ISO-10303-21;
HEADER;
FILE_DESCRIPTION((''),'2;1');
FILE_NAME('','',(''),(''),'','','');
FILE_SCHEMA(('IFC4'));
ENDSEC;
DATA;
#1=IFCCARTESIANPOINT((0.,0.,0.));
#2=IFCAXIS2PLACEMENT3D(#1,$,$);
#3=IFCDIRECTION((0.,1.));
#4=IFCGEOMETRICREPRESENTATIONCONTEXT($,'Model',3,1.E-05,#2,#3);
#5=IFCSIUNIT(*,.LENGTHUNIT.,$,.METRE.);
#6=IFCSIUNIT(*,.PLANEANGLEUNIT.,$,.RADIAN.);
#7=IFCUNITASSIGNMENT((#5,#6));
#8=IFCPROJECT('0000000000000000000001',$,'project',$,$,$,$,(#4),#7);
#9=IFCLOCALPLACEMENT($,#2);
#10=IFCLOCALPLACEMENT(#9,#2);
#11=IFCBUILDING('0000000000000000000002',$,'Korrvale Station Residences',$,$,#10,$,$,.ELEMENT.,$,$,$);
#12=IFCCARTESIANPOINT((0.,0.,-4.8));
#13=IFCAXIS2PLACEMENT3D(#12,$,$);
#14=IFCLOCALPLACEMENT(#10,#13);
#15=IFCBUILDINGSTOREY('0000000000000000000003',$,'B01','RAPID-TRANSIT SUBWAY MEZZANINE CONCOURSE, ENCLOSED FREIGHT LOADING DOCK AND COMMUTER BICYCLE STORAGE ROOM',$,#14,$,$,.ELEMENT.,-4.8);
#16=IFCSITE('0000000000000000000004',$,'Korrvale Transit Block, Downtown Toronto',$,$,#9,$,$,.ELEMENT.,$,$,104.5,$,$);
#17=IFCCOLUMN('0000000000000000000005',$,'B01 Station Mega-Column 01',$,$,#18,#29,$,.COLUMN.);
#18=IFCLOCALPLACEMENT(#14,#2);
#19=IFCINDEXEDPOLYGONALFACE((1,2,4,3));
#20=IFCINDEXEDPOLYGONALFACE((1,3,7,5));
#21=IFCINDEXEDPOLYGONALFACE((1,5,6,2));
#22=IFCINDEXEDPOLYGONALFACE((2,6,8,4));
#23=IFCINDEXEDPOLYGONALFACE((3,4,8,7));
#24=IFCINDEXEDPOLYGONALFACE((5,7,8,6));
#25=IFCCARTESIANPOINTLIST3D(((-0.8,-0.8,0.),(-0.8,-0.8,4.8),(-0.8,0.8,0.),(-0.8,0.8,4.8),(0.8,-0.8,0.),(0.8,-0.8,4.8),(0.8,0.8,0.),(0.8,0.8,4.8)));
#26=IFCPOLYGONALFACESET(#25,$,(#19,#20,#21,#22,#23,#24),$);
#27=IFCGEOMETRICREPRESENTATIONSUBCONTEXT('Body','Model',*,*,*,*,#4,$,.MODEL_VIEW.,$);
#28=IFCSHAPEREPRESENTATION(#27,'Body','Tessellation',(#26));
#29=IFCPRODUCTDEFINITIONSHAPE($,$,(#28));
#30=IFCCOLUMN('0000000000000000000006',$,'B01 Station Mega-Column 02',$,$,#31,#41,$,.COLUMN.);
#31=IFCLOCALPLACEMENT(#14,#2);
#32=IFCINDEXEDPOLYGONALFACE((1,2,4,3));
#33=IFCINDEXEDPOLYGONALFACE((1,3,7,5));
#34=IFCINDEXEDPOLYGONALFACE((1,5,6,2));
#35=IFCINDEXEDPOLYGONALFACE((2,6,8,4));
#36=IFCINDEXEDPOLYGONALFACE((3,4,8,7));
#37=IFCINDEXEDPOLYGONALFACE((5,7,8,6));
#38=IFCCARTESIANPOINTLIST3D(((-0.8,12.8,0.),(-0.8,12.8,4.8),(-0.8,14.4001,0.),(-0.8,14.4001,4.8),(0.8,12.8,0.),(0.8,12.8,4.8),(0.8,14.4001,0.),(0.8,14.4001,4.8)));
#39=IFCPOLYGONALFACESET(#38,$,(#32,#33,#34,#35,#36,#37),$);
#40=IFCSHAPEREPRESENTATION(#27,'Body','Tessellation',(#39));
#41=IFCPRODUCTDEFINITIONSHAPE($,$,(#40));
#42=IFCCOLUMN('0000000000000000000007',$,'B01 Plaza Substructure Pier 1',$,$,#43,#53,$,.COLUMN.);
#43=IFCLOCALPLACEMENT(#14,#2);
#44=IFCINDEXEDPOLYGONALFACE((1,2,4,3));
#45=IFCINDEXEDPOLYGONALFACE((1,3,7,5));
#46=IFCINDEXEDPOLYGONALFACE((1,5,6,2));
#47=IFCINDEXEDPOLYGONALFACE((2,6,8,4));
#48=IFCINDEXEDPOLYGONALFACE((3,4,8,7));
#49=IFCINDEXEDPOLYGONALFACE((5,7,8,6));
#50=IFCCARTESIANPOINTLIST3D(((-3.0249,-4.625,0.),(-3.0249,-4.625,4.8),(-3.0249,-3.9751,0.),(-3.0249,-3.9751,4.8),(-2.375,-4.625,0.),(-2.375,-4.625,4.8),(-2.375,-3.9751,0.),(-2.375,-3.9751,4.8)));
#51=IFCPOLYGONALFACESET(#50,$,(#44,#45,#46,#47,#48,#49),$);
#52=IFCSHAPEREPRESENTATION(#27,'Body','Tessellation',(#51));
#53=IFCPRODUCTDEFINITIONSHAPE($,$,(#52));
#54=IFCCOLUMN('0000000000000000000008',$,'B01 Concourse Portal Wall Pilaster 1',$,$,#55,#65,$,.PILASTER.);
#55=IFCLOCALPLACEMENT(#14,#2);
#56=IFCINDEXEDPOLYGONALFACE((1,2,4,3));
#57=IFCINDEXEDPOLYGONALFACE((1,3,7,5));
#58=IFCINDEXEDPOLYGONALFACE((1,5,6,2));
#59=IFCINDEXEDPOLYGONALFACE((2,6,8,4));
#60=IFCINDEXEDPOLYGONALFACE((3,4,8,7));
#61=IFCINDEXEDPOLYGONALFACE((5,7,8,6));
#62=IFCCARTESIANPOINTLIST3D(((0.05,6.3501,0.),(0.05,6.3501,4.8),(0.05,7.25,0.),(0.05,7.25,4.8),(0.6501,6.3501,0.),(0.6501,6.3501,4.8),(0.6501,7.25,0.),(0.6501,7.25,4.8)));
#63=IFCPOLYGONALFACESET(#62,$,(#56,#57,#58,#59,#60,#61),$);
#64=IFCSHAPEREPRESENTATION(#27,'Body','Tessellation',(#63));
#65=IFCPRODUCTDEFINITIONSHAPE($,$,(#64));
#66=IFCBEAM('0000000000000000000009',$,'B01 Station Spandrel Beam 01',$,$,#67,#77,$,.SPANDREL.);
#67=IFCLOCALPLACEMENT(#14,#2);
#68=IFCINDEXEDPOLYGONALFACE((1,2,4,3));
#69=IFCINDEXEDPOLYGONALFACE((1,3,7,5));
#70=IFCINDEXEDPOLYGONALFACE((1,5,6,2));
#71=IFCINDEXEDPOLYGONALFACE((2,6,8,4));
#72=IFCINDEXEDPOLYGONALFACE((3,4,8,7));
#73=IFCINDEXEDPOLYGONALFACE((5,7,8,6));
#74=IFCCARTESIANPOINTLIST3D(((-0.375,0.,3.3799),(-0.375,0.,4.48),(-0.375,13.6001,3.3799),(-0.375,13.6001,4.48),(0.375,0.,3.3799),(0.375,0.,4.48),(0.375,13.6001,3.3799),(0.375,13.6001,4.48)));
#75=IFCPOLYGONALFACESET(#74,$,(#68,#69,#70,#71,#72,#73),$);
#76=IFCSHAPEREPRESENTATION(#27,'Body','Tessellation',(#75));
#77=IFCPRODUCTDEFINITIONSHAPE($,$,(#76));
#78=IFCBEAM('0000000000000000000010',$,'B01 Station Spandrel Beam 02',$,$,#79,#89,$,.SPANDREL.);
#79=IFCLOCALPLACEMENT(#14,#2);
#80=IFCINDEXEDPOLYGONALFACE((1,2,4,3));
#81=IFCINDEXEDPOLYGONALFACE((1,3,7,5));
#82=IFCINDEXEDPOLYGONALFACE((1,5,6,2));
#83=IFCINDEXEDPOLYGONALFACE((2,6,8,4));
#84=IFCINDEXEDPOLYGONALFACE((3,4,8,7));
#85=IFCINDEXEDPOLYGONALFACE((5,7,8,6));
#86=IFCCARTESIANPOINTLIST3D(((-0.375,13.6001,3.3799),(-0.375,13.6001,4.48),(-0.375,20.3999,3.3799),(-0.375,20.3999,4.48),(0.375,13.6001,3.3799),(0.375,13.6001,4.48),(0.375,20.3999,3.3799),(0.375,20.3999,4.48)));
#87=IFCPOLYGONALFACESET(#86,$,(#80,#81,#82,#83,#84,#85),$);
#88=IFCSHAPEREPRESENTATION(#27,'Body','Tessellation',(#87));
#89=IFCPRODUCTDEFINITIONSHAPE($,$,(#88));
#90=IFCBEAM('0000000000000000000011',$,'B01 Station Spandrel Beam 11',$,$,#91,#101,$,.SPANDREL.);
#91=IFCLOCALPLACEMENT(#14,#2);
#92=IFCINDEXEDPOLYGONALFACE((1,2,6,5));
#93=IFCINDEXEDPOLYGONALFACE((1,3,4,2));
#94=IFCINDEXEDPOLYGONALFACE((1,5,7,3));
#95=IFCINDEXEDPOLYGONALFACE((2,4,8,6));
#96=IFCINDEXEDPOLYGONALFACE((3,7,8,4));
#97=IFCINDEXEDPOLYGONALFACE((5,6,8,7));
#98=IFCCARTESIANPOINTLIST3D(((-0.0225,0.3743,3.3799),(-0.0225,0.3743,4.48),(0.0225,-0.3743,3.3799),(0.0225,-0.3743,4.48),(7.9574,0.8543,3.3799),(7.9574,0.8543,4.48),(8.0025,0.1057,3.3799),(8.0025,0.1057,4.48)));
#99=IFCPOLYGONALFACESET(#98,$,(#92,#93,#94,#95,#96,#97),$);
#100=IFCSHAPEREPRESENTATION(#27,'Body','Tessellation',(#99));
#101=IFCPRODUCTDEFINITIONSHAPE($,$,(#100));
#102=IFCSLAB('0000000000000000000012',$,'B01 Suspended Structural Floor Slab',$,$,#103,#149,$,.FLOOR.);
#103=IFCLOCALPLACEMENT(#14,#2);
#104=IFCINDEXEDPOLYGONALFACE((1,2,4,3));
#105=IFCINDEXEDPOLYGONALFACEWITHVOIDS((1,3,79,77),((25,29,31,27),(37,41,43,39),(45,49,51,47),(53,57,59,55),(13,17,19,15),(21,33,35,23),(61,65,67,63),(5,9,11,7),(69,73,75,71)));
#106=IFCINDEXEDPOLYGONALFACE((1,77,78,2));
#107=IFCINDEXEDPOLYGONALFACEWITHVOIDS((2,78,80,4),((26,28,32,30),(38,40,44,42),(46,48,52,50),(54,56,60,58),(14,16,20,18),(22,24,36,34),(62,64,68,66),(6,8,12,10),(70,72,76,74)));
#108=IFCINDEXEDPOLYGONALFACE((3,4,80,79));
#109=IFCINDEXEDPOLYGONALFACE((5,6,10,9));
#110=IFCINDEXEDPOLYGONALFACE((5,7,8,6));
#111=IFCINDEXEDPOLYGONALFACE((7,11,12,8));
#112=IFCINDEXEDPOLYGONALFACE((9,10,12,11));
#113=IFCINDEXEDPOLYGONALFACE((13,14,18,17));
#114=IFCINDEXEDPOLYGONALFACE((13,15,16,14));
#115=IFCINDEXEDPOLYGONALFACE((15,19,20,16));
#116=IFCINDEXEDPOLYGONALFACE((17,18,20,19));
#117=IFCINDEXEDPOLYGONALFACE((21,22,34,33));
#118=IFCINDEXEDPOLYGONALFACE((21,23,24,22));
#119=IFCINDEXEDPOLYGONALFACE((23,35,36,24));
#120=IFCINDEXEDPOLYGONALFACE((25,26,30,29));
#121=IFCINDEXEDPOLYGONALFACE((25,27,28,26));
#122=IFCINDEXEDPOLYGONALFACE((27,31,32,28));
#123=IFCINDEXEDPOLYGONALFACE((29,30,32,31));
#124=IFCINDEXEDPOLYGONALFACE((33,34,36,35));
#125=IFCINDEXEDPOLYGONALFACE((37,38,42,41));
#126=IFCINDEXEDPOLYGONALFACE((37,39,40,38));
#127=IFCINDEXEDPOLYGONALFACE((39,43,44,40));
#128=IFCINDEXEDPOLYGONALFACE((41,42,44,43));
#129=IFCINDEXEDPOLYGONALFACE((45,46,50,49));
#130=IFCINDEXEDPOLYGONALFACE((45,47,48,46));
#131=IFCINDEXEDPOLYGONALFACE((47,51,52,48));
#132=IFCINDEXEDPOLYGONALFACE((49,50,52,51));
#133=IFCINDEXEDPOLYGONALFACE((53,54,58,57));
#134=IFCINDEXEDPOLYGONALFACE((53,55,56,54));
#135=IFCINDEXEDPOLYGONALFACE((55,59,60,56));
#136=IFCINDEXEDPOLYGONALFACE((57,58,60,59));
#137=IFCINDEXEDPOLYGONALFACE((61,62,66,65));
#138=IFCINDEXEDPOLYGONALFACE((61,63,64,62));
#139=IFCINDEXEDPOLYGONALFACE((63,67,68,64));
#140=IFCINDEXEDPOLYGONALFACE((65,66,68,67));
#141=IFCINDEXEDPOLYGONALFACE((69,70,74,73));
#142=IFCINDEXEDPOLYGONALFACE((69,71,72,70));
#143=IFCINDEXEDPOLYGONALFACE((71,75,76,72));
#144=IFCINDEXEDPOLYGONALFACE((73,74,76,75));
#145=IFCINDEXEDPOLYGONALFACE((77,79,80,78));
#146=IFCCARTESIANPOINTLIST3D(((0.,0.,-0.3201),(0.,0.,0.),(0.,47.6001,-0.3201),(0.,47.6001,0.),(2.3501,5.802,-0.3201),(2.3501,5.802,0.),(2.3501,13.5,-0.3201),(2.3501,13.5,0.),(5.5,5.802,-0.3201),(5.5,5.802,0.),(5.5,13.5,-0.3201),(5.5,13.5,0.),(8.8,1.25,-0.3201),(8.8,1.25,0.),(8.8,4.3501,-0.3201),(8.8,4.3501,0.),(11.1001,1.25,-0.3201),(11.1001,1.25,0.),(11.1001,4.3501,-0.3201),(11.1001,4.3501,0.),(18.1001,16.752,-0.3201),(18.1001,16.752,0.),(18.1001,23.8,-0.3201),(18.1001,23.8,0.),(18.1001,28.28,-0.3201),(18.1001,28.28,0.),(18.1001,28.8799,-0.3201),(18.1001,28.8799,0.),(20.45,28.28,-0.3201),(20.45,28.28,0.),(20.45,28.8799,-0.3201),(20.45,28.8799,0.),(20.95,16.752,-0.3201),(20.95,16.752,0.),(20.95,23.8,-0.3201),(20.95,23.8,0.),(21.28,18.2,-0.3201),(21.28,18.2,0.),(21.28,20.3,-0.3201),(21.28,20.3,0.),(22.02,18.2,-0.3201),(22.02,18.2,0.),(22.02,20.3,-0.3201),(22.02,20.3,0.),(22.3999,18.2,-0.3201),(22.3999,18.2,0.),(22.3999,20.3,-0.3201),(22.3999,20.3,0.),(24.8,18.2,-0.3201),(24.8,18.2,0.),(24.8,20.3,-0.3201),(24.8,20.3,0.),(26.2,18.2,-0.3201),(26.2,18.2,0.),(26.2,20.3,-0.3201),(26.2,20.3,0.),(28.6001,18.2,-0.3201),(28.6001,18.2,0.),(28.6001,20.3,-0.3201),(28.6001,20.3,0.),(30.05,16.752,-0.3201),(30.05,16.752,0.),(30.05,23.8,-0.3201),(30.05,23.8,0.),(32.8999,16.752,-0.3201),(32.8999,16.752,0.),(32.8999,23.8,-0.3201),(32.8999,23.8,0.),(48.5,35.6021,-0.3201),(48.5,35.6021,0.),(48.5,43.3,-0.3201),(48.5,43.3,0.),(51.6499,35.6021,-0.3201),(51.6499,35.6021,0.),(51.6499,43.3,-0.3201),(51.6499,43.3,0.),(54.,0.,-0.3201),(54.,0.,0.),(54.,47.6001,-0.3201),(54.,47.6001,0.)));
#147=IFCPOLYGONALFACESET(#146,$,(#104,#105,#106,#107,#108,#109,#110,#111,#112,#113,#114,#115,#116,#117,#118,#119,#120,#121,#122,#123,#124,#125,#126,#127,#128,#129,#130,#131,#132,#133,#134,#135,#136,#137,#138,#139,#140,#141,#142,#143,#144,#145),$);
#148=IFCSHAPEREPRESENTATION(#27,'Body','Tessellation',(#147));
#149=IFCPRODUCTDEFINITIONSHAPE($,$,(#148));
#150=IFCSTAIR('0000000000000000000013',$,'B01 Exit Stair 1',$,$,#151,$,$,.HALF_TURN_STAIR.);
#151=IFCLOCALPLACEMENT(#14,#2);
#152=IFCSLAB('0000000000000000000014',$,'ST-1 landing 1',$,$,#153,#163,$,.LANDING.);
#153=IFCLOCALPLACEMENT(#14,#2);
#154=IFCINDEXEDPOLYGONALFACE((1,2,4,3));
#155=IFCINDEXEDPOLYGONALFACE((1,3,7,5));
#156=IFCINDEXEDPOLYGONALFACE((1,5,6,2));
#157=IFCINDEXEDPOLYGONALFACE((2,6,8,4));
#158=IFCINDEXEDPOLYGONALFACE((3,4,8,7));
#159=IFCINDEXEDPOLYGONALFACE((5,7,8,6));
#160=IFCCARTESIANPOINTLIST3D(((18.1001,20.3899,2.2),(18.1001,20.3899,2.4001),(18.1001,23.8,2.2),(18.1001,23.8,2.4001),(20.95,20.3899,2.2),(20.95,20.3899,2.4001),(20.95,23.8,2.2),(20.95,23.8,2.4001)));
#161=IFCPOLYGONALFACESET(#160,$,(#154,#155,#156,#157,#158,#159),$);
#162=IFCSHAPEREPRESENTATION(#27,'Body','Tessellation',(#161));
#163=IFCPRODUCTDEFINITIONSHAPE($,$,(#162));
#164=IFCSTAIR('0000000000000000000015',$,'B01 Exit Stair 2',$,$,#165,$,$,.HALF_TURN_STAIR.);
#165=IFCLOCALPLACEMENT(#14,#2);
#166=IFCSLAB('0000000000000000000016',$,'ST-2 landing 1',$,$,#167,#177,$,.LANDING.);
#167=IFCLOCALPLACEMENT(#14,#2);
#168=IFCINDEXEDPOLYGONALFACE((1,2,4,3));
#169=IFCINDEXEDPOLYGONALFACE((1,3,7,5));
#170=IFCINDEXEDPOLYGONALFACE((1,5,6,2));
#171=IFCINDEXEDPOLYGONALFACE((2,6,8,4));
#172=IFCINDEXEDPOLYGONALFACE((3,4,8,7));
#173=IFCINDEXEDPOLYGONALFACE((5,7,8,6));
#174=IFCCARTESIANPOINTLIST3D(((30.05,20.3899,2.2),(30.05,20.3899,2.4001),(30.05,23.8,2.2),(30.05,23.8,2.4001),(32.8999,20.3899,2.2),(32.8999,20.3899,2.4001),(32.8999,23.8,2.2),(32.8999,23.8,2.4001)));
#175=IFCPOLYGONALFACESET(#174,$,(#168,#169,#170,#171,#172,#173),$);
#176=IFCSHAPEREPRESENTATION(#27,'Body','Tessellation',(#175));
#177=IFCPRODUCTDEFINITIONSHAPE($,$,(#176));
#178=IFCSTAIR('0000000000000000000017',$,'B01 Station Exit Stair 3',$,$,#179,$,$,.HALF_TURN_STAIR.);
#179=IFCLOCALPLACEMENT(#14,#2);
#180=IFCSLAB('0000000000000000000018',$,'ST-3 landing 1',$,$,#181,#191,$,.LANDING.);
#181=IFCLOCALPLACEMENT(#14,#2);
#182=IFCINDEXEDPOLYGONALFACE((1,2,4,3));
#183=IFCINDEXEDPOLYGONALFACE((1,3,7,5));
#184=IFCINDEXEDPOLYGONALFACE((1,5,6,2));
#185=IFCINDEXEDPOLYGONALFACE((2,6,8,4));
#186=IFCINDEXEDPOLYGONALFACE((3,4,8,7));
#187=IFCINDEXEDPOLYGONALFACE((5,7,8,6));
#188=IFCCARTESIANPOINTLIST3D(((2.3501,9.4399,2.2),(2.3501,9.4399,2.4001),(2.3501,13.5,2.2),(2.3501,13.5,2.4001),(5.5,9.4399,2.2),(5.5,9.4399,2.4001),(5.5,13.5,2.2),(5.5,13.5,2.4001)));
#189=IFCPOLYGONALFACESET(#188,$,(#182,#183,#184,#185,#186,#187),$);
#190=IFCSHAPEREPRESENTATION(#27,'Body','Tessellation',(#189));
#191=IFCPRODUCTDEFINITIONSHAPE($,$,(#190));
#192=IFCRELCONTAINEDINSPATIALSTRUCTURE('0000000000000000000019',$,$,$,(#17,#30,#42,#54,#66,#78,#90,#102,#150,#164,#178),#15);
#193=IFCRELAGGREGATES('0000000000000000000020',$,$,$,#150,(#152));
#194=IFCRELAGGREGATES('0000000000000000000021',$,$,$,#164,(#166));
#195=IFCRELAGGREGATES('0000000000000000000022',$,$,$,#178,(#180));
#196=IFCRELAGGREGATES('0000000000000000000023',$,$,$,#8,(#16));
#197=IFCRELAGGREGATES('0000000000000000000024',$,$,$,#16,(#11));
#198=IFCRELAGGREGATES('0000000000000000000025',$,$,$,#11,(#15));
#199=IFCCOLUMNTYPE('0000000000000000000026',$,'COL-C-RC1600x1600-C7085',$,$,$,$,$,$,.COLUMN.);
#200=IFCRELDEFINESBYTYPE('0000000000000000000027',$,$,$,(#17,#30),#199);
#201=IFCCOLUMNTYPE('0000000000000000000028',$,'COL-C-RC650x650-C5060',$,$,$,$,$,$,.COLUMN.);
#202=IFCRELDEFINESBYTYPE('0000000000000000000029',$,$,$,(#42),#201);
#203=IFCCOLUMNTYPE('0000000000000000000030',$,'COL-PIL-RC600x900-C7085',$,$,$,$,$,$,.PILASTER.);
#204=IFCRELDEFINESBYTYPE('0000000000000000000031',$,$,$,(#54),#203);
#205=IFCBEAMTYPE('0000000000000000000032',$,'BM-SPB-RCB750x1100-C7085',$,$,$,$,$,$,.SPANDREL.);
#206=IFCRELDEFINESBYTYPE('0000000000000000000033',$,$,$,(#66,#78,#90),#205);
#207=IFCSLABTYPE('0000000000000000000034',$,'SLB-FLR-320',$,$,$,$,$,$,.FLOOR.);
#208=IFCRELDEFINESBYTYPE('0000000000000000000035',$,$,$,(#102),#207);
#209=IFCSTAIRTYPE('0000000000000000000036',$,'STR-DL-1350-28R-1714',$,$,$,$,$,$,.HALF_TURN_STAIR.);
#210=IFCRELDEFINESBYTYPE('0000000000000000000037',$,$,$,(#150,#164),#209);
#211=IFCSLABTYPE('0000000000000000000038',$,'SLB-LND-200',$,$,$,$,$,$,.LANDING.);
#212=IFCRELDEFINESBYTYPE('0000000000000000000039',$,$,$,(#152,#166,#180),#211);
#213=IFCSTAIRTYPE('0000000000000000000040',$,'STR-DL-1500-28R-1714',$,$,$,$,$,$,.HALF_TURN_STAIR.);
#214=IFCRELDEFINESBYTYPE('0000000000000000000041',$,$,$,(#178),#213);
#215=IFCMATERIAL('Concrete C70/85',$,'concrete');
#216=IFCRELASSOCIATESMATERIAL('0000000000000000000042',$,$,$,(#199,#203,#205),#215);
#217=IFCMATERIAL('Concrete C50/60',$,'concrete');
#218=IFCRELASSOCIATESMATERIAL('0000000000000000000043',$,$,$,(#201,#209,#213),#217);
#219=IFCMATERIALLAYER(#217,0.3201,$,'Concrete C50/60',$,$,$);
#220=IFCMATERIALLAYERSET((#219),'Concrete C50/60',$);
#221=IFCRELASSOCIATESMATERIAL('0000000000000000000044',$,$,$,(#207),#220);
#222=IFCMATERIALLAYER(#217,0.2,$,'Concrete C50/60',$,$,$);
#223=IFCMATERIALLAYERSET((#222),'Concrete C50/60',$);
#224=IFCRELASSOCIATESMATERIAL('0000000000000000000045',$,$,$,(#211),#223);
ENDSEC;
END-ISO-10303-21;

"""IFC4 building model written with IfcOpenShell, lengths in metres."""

from ifc_helpers import new_model, si_unit, direction, frame, origin, origin_2d, place, context, subcontext, project, spatial, polyline, rectangle, outline, extrude, material, layer, layer_set, material_profile, profile_set, type_object, element, aggregate, save


model = new_model("IFC4")

# Units and contexts
model_context = context("Model", 3, precision=1e-05, world=origin(), true_north=direction((0.0, 1.0)))
body_context = subcontext(model_context, "Body", "Model", "MODEL_VIEW")
ifc_project = project(units=[si_unit("LENGTHUNIT", "METRE"), si_unit("PLANEANGLEUNIT", "RADIAN")], contexts=[model_context])

# Site, building, storey
site_placement = place(None, origin())
site = spatial("IfcSite", under=ifc_project, at=site_placement, Name="Korrvale Transit Block, Downtown Toronto", CompositionType="ELEMENT", RefElevation=104.5)
building_placement = place(site_placement, origin())
building = spatial("IfcBuilding", under=site, at=building_placement, Name="Korrvale Station Residences", CompositionType="ELEMENT")
storey_placement = place(building_placement, frame((0.0, 0.0, -4.8)))
storey = spatial("IfcBuildingStorey", under=building, at=storey_placement, Name="B01", Description="RAPID-TRANSIT SUBWAY MEZZANINE CONCOURSE, ENCLOSED FREIGHT LOADING DOCK AND COMMUTER BICYCLE STORAGE ROOM", CompositionType="ELEMENT", Elevation=-4.8)

# Columns
ifc_material_1 = material(Name="Concrete C70/85", Category="concrete")
ifc_material_profile_1 = material_profile(ifc_material_1, rectangle(XDim=1.6001, YDim=1.6001, at=origin_2d()), Name="RC1600x1600")
ifc_profile_set_1 = profile_set([ifc_material_profile_1], Name="Concrete C70/85")
column_type_1 = type_object("IfcColumnType", Name="COL-C-RC1600x1600-C7085", PredefinedType="COLUMN", material=ifc_profile_set_1)
for number, where, z_axis, x_axis, name in (
    (1, (0.0, 0.0, 0.0), (0.0, 0.0, 1.0), (1.0, 0.0, 0.0), "B01 Station Mega-Column 01"),
    (2, (0.0, 13.6001, 0.0), (0.0, 0.0, 1.0), (1.0, 0.0, 0.0), "B01 Station Mega-Column 02"),
):
    element("IfcColumn", number, at=place(storey_placement, frame(where, z_axis=z_axis, x_axis=x_axis)), inside=storey, type_object=column_type_1, Name=name, PredefinedType="COLUMN", context=body_context, shape_type="SweptSolid", body=[
        extrude(rectangle(XDim=1.6001, YDim=1.6001, at=origin_2d()), origin(), (0.0, 0.0, 1.0), 4.8),
    ])
ifc_material_2 = material(Name="Concrete C50/60", Category="concrete")
ifc_material_profile_2 = material_profile(ifc_material_2, rectangle(XDim=0.6499, YDim=0.6499, at=origin_2d()), Name="RC650x650")
ifc_profile_set_2 = profile_set([ifc_material_profile_2], Name="Concrete C50/60")
column_type_2 = type_object("IfcColumnType", Name="COL-C-RC650x650-C5060", PredefinedType="COLUMN", material=ifc_profile_set_2)
column_1_placement = place(storey_placement, frame((-2.7, -4.3, 0.0), z_axis=(0.0, 0.0, 1.0), x_axis=(1.0, 0.0, 0.0)))
element("IfcColumn", 3, at=column_1_placement, inside=storey, type_object=column_type_2, Name="B01 Plaza Substructure Pier 1", PredefinedType="COLUMN", context=body_context, shape_type="SweptSolid", body=[
    extrude(rectangle(XDim=0.6499, YDim=0.6499, at=origin_2d()), origin(), (0.0, 0.0, 1.0), 4.8),
])
ifc_material_profile_3 = material_profile(ifc_material_1, rectangle(XDim=0.6001, YDim=0.8999, at=origin_2d()), Name="RC600x900")
ifc_profile_set_3 = profile_set([ifc_material_profile_3], Name="Concrete C70/85")
column_type_3 = type_object("IfcColumnType", Name="COL-PIL-RC600x900-C7085", PredefinedType="PILASTER", material=ifc_profile_set_3)
column_2_placement = place(storey_placement, frame((0.3501, 6.8, 0.0), z_axis=(0.0, 0.0, 1.0), x_axis=(1.0, 0.0, 0.0)))
element("IfcColumn", 4, at=column_2_placement, inside=storey, type_object=column_type_3, Name="B01 Concourse Portal Wall Pilaster 1", PredefinedType="PILASTER", context=body_context, shape_type="SweptSolid", body=[
    extrude(rectangle(XDim=0.6001, YDim=0.8999, at=origin_2d()), origin(), (0.0, 0.0, 1.0), 4.8),
])

# Beams
ifc_material_profile_4 = material_profile(ifc_material_1, rectangle(XDim=0.75, YDim=1.1001, at=origin_2d()), Name="RCB750x1100")
ifc_profile_set_4 = profile_set([ifc_material_profile_4], Name="Concrete C70/85")
beam_type = type_object("IfcBeamType", Name="BM-SPB-RCB750x1100-C7085", PredefinedType="SPANDREL", material=ifc_profile_set_4)
beam_1_placement = place(storey_placement, frame((0.0, 0.0, 3.9299), z_axis=(0.0, 1.0, 0.0), x_axis=(-1.0, 0.0, 0.0)))
element("IfcBeam", 5, at=beam_1_placement, inside=storey, type_object=beam_type, Name="B01 Station Spandrel Beam 01", PredefinedType="SPANDREL", context=body_context, shape_type="SweptSolid", body=[
    extrude(rectangle(XDim=0.75, YDim=1.1001, at=origin_2d()), origin(), (0.0, 0.0, 1.0), 13.6001),
])
beam_2_placement = place(storey_placement, frame((0.0, 13.6001, 3.9299), z_axis=(0.0, 1.0, 0.0), x_axis=(-1.0, 0.0, 0.0)))
element("IfcBeam", 6, at=beam_2_placement, inside=storey, type_object=beam_type, Name="B01 Station Spandrel Beam 02", PredefinedType="SPANDREL", context=body_context, shape_type="SweptSolid", body=[
    extrude(rectangle(XDim=0.75, YDim=1.1001, at=origin_2d()), origin(), (0.0, 0.0, 1.0), 6.7998),
])
beam_3_placement = place(storey_placement, frame((0.0, 0.0, 3.9299), z_axis=(0.998196, 0.06004, 0.0), x_axis=(-0.06004, 0.998196, 0.0)))
element("IfcBeam", 7, at=beam_3_placement, inside=storey, type_object=beam_type, Name="B01 Station Spandrel Beam 11", PredefinedType="SPANDREL", context=body_context, shape_type="SweptSolid", body=[
    extrude(rectangle(XDim=0.75, YDim=1.1001, at=origin_2d()), origin(), (0.0, 0.0, 1.0), 7.9944),
])

# Slab
ifc_layer_1 = layer(ifc_material_2, 0.3201, Name="Concrete C50/60")
ifc_layer_set_1 = layer_set([ifc_layer_1], Name="Concrete C50/60")
slab_type_1 = type_object("IfcSlabType", Name="SLB-FLR-320", PredefinedType="FLOOR", material=ifc_layer_set_1)
slab_1_placement = place(storey_placement, frame((0.0, 0.0, -0.3201)))
element("IfcSlab", 8, at=slab_1_placement, inside=storey, type_object=slab_type_1, Name="B01 Suspended Structural Floor Slab", PredefinedType="FLOOR", context=body_context, shape_type="SweptSolid", body=[
    extrude(outline(polyline([(0.0, 0.0), (54.0, 0.0), (54.0, 47.6001), (0.0, 47.6001), (0.0, 0.0)]), holes=[polyline([(20.95, 16.752), (20.95, 23.8), (18.1001, 23.8), (18.1001, 16.752), (20.95, 16.752)]), polyline([(32.8999, 16.752), (32.8999, 23.8), (30.05, 23.8), (30.05, 16.752), (32.8999, 16.752)]), polyline([(5.5, 5.802), (5.5, 13.5), (2.3501, 13.5), (2.3501, 5.802), (5.5, 5.802)]), polyline([(51.6499, 35.6021), (51.6499, 43.3), (48.5, 43.3), (48.5, 35.6021), (51.6499, 35.6021)]), polyline([(22.3999, 18.2), (24.8, 18.2), (24.8, 20.3), (22.3999, 20.3), (22.3999, 18.2)]), polyline([(26.2, 18.2), (28.6001, 18.2), (28.6001, 20.3), (26.2, 20.3), (26.2, 18.2)]), polyline([(18.1001, 28.28), (20.45, 28.28), (20.45, 28.8799), (18.1001, 28.8799), (18.1001, 28.28)]), polyline([(21.28, 18.2), (22.02, 18.2), (22.02, 20.3), (21.28, 20.3), (21.28, 18.2)]), polyline([(8.8, 1.25), (11.1001, 1.25), (11.1001, 4.3501), (8.8, 4.3501), (8.8, 1.25)])]), origin(), (0.0, 0.0, 1.0), 0.3201),
])

# Stairs, slabs
stair_type_1 = type_object("IfcStairType", Name="STR-DL-1350-28R-1714", PredefinedType="HALF_TURN_STAIR", material=ifc_material_2)
stair_1_placement = place(storey_placement, origin())
stair_1 = element("IfcStair", 9, at=stair_1_placement, inside=storey, type_object=stair_type_1, Name="B01 Exit Stair 1", PredefinedType="HALF_TURN_STAIR")
ifc_layer_2 = layer(ifc_material_2, 0.2, Name="Concrete C50/60")
ifc_layer_set_2 = layer_set([ifc_layer_2], Name="Concrete C50/60")
slab_type_2 = type_object("IfcSlabType", Name="SLB-LND-200", PredefinedType="LANDING", material=ifc_layer_set_2)
slab_2_placement = place(storey_placement, frame((0.0, 0.0, 2.2)))
slab_2 = element("IfcSlab", 10, at=slab_2_placement, type_object=slab_type_2, Name="ST-1 landing 1", PredefinedType="LANDING", context=body_context, shape_type="SweptSolid", body=[
    extrude(outline(polyline([(20.95, 20.3899), (20.95, 23.8), (18.1001, 23.8), (18.1001, 20.3899), (20.95, 20.3899)])), origin(), (0.0, 0.0, 1.0), 0.2002),
])
aggregate(stair_1, [slab_2])
stair_2_placement = place(storey_placement, origin())
stair_2 = element("IfcStair", 11, at=stair_2_placement, inside=storey, type_object=stair_type_1, Name="B01 Exit Stair 2", PredefinedType="HALF_TURN_STAIR")
slab_3_placement = place(storey_placement, frame((0.0, 0.0, 2.2)))
slab_3 = element("IfcSlab", 12, at=slab_3_placement, type_object=slab_type_2, Name="ST-2 landing 1", PredefinedType="LANDING", context=body_context, shape_type="SweptSolid", body=[
    extrude(outline(polyline([(32.8999, 20.3899), (32.8999, 23.8), (30.05, 23.8), (30.05, 20.3899), (32.8999, 20.3899)])), origin(), (0.0, 0.0, 1.0), 0.2002),
])
aggregate(stair_2, [slab_3])
stair_type_2 = type_object("IfcStairType", Name="STR-DL-1500-28R-1714", PredefinedType="HALF_TURN_STAIR", material=ifc_material_2)
stair_3_placement = place(storey_placement, origin())
stair_3 = element("IfcStair", 13, at=stair_3_placement, inside=storey, type_object=stair_type_2, Name="B01 Station Exit Stair 3", PredefinedType="HALF_TURN_STAIR")
slab_4_placement = place(storey_placement, frame((0.0, 0.0, 2.2)))
slab_4 = element("IfcSlab", 14, at=slab_4_placement, type_object=slab_type_2, Name="ST-3 landing 1", PredefinedType="LANDING", context=body_context, shape_type="SweptSolid", body=[
    extrude(outline(polyline([(5.5, 9.4399), (5.5, 13.5), (2.3501, 13.5), (2.3501, 9.4399), (5.5, 9.4399)])), origin(), (0.0, 0.0, 1.0), 0.2002),
])

aggregate(stair_3, [slab_4])

save(model, "model.ifc")
